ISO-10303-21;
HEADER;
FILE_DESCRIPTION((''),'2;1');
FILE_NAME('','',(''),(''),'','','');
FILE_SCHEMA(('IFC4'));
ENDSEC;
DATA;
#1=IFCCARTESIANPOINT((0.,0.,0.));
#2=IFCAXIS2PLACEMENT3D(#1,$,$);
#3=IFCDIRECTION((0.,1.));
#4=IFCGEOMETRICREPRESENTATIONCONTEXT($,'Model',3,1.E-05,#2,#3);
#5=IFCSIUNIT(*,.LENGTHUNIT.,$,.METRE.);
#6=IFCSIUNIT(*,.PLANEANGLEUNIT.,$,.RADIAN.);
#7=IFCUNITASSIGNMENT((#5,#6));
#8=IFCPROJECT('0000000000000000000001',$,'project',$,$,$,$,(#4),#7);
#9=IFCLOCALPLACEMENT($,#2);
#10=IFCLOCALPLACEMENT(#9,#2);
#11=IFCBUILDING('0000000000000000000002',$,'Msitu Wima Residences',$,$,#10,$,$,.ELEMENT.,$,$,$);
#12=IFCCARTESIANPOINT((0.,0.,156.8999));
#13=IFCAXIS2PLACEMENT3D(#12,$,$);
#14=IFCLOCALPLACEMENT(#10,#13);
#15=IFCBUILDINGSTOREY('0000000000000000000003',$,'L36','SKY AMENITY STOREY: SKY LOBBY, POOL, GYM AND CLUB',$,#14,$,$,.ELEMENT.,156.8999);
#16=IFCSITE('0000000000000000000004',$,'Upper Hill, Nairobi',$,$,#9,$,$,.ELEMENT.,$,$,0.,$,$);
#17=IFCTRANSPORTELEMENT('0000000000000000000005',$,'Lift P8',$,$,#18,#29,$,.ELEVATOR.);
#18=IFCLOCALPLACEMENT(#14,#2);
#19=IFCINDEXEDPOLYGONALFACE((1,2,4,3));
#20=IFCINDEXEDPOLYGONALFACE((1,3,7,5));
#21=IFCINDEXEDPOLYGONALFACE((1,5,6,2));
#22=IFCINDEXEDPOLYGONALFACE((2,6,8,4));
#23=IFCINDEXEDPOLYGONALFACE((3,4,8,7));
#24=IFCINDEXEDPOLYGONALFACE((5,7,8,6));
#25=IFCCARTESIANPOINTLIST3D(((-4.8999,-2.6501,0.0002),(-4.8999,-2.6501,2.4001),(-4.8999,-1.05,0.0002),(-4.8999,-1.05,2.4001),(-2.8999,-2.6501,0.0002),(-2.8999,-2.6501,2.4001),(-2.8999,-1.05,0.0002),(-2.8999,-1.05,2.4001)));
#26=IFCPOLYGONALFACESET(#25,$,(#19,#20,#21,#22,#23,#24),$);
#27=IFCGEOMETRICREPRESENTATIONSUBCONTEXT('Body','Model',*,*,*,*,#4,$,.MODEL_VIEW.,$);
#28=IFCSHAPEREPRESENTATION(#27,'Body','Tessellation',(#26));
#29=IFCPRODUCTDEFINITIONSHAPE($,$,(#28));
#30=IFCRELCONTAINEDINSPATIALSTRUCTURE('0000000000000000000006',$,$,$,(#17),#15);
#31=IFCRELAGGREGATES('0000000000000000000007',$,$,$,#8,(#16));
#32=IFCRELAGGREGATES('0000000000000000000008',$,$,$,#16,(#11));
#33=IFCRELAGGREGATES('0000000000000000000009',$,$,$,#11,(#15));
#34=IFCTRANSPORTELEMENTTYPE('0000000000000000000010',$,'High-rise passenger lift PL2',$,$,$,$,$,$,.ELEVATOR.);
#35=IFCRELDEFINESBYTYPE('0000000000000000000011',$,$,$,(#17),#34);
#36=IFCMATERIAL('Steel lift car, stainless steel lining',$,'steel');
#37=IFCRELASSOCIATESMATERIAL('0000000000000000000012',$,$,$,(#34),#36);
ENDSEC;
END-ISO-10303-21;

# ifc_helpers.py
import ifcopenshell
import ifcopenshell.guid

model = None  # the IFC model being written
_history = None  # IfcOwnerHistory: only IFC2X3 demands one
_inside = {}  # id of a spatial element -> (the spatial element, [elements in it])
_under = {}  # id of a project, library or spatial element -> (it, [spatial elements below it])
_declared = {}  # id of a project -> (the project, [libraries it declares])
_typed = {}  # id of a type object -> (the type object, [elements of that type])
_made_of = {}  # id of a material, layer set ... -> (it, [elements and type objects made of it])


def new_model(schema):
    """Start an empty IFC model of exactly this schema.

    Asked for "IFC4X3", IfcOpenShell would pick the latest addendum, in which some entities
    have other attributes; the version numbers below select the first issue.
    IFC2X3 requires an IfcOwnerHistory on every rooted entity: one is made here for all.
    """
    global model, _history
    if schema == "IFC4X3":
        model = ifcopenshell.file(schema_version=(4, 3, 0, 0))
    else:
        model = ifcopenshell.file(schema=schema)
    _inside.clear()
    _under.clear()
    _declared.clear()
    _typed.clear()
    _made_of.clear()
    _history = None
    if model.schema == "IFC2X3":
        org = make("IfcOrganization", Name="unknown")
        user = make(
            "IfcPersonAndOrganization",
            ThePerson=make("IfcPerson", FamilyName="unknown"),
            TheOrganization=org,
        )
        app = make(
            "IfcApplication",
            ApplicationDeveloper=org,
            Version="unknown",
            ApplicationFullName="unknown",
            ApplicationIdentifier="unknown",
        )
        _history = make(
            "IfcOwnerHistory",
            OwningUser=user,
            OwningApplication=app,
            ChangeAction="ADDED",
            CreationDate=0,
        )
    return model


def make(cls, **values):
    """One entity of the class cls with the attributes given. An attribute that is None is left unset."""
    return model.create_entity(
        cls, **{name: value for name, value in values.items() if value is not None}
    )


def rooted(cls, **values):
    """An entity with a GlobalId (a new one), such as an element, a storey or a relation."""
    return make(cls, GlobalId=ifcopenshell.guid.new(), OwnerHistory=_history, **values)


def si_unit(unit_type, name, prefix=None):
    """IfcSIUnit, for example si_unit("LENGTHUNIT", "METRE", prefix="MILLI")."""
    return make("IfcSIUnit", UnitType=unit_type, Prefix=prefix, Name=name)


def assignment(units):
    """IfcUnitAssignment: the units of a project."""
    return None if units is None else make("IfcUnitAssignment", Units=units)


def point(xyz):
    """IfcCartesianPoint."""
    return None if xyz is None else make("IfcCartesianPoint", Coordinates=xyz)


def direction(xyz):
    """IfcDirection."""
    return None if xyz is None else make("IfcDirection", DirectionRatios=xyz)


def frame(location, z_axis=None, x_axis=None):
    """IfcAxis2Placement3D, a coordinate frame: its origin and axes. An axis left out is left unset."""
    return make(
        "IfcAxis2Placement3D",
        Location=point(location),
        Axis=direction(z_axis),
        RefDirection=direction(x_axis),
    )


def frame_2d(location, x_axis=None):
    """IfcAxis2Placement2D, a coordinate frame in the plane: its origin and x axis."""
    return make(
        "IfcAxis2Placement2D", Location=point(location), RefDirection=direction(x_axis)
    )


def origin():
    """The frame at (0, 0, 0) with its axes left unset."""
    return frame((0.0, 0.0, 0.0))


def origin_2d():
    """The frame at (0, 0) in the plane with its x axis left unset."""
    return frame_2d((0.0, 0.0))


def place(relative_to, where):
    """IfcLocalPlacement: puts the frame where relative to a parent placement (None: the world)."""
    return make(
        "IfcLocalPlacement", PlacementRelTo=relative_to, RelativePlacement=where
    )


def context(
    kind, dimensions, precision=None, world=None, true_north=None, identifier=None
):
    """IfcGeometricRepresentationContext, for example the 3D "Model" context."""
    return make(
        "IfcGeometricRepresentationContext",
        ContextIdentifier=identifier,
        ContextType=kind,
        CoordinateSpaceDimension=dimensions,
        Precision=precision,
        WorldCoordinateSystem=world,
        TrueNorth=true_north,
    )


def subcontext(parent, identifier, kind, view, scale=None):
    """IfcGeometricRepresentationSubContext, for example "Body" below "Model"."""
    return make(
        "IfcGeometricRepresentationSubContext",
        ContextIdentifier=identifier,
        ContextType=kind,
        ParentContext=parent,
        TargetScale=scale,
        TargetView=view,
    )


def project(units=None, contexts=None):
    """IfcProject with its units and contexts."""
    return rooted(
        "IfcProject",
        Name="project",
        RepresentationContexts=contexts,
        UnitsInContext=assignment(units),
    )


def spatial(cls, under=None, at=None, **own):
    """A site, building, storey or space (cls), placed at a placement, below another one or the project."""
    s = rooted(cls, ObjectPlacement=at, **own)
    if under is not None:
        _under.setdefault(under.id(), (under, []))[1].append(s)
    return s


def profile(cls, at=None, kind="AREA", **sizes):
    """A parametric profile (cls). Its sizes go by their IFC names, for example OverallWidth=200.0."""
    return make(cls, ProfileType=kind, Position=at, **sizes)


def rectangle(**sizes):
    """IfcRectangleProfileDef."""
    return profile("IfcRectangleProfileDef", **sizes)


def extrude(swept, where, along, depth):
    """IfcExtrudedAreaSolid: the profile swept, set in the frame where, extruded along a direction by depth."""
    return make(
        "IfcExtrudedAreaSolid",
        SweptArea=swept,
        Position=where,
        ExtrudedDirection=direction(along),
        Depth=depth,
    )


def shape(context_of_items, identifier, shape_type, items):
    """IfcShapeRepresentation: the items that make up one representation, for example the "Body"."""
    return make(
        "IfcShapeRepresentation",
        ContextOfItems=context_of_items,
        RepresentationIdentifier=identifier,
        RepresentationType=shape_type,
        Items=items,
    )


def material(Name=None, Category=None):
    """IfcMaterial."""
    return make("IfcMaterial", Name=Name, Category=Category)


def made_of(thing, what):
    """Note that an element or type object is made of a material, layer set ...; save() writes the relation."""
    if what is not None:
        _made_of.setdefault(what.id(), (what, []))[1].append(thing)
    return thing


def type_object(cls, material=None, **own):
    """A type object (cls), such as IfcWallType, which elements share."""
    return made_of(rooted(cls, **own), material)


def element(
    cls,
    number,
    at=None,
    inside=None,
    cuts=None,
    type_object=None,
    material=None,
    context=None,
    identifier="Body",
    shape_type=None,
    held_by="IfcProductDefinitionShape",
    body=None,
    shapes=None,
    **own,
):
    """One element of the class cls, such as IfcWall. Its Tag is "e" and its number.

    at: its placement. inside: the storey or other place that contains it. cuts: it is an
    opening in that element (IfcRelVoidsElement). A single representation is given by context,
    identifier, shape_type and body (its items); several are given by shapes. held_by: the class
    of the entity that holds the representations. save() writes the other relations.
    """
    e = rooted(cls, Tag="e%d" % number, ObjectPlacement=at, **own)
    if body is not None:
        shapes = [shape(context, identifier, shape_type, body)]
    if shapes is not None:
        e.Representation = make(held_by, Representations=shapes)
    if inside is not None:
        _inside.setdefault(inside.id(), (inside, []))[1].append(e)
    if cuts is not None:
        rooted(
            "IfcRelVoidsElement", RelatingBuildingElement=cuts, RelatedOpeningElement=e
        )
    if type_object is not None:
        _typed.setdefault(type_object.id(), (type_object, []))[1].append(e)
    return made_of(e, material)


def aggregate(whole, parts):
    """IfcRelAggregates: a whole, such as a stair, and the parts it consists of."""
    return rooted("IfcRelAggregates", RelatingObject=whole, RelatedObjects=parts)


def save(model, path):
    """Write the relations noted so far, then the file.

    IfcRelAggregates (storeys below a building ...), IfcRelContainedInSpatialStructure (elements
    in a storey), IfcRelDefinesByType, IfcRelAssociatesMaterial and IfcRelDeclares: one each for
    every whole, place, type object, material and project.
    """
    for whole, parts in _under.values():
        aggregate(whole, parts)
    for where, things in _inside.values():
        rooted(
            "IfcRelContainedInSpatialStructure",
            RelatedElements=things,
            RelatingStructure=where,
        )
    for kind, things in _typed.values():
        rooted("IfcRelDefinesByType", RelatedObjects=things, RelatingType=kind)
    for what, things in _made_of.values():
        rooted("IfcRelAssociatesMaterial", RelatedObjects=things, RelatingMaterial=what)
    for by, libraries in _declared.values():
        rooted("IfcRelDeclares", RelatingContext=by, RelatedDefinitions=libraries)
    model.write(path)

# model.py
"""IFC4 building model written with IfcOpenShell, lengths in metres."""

from ifc_helpers import new_model, si_unit, direction, frame, origin, origin_2d, place, context, subcontext, project, spatial, rectangle, extrude, material, type_object, element, save


model = new_model("IFC4")

# Units and contexts
model_context = context("Model", 3, precision=1e-05, world=origin(), true_north=direction((0.0, 1.0)))
body_context = subcontext(model_context, "Body", "Model", "MODEL_VIEW")
ifc_project = project(units=[si_unit("LENGTHUNIT", "METRE"), si_unit("PLANEANGLEUNIT", "RADIAN")], contexts=[model_context])

# Site, building, storey
site_placement = place(None, origin())
site = spatial("IfcSite", under=ifc_project, at=site_placement, Name="Upper Hill, Nairobi", CompositionType="ELEMENT", RefElevation=0.0)
building_placement = place(site_placement, origin())
building = spatial("IfcBuilding", under=site, at=building_placement, Name="Msitu Wima Residences", CompositionType="ELEMENT")
storey_placement = place(building_placement, frame((0.0, 0.0, 156.8999)))
storey = spatial("IfcBuildingStorey", under=building, at=storey_placement, Name="L36", Description="SKY AMENITY STOREY: SKY LOBBY, POOL, GYM AND CLUB", CompositionType="ELEMENT", Elevation=156.8999)

# Transport element
ifc_material_1 = material(Name="Steel lift car, stainless steel lining", Category="steel")
transport_element_type = type_object("IfcTransportElementType", Name="High-rise passenger lift PL2", PredefinedType="ELEVATOR", material=ifc_material_1)
for number, where, z_axis, x_axis, name in (
    (1, (-3.8999, -1.8501, 0.0002), (0.0, 0.0, 1.0), (1.0, 0.0, 0.0), "Lift P8"),
):
    element("IfcTransportElement", number, at=place(storey_placement, frame(where, z_axis=z_axis, x_axis=x_axis)), inside=storey, type_object=transport_element_type, Name=name, PredefinedType="ELEVATOR", context=body_context, shape_type="SweptSolid", body=[
        extrude(rectangle(XDim=2.0, YDim=1.6001, at=origin_2d()), origin(), (0.0, 0.0, 1.0), 2.3999),
    ])

save(model, "model.ifc")
